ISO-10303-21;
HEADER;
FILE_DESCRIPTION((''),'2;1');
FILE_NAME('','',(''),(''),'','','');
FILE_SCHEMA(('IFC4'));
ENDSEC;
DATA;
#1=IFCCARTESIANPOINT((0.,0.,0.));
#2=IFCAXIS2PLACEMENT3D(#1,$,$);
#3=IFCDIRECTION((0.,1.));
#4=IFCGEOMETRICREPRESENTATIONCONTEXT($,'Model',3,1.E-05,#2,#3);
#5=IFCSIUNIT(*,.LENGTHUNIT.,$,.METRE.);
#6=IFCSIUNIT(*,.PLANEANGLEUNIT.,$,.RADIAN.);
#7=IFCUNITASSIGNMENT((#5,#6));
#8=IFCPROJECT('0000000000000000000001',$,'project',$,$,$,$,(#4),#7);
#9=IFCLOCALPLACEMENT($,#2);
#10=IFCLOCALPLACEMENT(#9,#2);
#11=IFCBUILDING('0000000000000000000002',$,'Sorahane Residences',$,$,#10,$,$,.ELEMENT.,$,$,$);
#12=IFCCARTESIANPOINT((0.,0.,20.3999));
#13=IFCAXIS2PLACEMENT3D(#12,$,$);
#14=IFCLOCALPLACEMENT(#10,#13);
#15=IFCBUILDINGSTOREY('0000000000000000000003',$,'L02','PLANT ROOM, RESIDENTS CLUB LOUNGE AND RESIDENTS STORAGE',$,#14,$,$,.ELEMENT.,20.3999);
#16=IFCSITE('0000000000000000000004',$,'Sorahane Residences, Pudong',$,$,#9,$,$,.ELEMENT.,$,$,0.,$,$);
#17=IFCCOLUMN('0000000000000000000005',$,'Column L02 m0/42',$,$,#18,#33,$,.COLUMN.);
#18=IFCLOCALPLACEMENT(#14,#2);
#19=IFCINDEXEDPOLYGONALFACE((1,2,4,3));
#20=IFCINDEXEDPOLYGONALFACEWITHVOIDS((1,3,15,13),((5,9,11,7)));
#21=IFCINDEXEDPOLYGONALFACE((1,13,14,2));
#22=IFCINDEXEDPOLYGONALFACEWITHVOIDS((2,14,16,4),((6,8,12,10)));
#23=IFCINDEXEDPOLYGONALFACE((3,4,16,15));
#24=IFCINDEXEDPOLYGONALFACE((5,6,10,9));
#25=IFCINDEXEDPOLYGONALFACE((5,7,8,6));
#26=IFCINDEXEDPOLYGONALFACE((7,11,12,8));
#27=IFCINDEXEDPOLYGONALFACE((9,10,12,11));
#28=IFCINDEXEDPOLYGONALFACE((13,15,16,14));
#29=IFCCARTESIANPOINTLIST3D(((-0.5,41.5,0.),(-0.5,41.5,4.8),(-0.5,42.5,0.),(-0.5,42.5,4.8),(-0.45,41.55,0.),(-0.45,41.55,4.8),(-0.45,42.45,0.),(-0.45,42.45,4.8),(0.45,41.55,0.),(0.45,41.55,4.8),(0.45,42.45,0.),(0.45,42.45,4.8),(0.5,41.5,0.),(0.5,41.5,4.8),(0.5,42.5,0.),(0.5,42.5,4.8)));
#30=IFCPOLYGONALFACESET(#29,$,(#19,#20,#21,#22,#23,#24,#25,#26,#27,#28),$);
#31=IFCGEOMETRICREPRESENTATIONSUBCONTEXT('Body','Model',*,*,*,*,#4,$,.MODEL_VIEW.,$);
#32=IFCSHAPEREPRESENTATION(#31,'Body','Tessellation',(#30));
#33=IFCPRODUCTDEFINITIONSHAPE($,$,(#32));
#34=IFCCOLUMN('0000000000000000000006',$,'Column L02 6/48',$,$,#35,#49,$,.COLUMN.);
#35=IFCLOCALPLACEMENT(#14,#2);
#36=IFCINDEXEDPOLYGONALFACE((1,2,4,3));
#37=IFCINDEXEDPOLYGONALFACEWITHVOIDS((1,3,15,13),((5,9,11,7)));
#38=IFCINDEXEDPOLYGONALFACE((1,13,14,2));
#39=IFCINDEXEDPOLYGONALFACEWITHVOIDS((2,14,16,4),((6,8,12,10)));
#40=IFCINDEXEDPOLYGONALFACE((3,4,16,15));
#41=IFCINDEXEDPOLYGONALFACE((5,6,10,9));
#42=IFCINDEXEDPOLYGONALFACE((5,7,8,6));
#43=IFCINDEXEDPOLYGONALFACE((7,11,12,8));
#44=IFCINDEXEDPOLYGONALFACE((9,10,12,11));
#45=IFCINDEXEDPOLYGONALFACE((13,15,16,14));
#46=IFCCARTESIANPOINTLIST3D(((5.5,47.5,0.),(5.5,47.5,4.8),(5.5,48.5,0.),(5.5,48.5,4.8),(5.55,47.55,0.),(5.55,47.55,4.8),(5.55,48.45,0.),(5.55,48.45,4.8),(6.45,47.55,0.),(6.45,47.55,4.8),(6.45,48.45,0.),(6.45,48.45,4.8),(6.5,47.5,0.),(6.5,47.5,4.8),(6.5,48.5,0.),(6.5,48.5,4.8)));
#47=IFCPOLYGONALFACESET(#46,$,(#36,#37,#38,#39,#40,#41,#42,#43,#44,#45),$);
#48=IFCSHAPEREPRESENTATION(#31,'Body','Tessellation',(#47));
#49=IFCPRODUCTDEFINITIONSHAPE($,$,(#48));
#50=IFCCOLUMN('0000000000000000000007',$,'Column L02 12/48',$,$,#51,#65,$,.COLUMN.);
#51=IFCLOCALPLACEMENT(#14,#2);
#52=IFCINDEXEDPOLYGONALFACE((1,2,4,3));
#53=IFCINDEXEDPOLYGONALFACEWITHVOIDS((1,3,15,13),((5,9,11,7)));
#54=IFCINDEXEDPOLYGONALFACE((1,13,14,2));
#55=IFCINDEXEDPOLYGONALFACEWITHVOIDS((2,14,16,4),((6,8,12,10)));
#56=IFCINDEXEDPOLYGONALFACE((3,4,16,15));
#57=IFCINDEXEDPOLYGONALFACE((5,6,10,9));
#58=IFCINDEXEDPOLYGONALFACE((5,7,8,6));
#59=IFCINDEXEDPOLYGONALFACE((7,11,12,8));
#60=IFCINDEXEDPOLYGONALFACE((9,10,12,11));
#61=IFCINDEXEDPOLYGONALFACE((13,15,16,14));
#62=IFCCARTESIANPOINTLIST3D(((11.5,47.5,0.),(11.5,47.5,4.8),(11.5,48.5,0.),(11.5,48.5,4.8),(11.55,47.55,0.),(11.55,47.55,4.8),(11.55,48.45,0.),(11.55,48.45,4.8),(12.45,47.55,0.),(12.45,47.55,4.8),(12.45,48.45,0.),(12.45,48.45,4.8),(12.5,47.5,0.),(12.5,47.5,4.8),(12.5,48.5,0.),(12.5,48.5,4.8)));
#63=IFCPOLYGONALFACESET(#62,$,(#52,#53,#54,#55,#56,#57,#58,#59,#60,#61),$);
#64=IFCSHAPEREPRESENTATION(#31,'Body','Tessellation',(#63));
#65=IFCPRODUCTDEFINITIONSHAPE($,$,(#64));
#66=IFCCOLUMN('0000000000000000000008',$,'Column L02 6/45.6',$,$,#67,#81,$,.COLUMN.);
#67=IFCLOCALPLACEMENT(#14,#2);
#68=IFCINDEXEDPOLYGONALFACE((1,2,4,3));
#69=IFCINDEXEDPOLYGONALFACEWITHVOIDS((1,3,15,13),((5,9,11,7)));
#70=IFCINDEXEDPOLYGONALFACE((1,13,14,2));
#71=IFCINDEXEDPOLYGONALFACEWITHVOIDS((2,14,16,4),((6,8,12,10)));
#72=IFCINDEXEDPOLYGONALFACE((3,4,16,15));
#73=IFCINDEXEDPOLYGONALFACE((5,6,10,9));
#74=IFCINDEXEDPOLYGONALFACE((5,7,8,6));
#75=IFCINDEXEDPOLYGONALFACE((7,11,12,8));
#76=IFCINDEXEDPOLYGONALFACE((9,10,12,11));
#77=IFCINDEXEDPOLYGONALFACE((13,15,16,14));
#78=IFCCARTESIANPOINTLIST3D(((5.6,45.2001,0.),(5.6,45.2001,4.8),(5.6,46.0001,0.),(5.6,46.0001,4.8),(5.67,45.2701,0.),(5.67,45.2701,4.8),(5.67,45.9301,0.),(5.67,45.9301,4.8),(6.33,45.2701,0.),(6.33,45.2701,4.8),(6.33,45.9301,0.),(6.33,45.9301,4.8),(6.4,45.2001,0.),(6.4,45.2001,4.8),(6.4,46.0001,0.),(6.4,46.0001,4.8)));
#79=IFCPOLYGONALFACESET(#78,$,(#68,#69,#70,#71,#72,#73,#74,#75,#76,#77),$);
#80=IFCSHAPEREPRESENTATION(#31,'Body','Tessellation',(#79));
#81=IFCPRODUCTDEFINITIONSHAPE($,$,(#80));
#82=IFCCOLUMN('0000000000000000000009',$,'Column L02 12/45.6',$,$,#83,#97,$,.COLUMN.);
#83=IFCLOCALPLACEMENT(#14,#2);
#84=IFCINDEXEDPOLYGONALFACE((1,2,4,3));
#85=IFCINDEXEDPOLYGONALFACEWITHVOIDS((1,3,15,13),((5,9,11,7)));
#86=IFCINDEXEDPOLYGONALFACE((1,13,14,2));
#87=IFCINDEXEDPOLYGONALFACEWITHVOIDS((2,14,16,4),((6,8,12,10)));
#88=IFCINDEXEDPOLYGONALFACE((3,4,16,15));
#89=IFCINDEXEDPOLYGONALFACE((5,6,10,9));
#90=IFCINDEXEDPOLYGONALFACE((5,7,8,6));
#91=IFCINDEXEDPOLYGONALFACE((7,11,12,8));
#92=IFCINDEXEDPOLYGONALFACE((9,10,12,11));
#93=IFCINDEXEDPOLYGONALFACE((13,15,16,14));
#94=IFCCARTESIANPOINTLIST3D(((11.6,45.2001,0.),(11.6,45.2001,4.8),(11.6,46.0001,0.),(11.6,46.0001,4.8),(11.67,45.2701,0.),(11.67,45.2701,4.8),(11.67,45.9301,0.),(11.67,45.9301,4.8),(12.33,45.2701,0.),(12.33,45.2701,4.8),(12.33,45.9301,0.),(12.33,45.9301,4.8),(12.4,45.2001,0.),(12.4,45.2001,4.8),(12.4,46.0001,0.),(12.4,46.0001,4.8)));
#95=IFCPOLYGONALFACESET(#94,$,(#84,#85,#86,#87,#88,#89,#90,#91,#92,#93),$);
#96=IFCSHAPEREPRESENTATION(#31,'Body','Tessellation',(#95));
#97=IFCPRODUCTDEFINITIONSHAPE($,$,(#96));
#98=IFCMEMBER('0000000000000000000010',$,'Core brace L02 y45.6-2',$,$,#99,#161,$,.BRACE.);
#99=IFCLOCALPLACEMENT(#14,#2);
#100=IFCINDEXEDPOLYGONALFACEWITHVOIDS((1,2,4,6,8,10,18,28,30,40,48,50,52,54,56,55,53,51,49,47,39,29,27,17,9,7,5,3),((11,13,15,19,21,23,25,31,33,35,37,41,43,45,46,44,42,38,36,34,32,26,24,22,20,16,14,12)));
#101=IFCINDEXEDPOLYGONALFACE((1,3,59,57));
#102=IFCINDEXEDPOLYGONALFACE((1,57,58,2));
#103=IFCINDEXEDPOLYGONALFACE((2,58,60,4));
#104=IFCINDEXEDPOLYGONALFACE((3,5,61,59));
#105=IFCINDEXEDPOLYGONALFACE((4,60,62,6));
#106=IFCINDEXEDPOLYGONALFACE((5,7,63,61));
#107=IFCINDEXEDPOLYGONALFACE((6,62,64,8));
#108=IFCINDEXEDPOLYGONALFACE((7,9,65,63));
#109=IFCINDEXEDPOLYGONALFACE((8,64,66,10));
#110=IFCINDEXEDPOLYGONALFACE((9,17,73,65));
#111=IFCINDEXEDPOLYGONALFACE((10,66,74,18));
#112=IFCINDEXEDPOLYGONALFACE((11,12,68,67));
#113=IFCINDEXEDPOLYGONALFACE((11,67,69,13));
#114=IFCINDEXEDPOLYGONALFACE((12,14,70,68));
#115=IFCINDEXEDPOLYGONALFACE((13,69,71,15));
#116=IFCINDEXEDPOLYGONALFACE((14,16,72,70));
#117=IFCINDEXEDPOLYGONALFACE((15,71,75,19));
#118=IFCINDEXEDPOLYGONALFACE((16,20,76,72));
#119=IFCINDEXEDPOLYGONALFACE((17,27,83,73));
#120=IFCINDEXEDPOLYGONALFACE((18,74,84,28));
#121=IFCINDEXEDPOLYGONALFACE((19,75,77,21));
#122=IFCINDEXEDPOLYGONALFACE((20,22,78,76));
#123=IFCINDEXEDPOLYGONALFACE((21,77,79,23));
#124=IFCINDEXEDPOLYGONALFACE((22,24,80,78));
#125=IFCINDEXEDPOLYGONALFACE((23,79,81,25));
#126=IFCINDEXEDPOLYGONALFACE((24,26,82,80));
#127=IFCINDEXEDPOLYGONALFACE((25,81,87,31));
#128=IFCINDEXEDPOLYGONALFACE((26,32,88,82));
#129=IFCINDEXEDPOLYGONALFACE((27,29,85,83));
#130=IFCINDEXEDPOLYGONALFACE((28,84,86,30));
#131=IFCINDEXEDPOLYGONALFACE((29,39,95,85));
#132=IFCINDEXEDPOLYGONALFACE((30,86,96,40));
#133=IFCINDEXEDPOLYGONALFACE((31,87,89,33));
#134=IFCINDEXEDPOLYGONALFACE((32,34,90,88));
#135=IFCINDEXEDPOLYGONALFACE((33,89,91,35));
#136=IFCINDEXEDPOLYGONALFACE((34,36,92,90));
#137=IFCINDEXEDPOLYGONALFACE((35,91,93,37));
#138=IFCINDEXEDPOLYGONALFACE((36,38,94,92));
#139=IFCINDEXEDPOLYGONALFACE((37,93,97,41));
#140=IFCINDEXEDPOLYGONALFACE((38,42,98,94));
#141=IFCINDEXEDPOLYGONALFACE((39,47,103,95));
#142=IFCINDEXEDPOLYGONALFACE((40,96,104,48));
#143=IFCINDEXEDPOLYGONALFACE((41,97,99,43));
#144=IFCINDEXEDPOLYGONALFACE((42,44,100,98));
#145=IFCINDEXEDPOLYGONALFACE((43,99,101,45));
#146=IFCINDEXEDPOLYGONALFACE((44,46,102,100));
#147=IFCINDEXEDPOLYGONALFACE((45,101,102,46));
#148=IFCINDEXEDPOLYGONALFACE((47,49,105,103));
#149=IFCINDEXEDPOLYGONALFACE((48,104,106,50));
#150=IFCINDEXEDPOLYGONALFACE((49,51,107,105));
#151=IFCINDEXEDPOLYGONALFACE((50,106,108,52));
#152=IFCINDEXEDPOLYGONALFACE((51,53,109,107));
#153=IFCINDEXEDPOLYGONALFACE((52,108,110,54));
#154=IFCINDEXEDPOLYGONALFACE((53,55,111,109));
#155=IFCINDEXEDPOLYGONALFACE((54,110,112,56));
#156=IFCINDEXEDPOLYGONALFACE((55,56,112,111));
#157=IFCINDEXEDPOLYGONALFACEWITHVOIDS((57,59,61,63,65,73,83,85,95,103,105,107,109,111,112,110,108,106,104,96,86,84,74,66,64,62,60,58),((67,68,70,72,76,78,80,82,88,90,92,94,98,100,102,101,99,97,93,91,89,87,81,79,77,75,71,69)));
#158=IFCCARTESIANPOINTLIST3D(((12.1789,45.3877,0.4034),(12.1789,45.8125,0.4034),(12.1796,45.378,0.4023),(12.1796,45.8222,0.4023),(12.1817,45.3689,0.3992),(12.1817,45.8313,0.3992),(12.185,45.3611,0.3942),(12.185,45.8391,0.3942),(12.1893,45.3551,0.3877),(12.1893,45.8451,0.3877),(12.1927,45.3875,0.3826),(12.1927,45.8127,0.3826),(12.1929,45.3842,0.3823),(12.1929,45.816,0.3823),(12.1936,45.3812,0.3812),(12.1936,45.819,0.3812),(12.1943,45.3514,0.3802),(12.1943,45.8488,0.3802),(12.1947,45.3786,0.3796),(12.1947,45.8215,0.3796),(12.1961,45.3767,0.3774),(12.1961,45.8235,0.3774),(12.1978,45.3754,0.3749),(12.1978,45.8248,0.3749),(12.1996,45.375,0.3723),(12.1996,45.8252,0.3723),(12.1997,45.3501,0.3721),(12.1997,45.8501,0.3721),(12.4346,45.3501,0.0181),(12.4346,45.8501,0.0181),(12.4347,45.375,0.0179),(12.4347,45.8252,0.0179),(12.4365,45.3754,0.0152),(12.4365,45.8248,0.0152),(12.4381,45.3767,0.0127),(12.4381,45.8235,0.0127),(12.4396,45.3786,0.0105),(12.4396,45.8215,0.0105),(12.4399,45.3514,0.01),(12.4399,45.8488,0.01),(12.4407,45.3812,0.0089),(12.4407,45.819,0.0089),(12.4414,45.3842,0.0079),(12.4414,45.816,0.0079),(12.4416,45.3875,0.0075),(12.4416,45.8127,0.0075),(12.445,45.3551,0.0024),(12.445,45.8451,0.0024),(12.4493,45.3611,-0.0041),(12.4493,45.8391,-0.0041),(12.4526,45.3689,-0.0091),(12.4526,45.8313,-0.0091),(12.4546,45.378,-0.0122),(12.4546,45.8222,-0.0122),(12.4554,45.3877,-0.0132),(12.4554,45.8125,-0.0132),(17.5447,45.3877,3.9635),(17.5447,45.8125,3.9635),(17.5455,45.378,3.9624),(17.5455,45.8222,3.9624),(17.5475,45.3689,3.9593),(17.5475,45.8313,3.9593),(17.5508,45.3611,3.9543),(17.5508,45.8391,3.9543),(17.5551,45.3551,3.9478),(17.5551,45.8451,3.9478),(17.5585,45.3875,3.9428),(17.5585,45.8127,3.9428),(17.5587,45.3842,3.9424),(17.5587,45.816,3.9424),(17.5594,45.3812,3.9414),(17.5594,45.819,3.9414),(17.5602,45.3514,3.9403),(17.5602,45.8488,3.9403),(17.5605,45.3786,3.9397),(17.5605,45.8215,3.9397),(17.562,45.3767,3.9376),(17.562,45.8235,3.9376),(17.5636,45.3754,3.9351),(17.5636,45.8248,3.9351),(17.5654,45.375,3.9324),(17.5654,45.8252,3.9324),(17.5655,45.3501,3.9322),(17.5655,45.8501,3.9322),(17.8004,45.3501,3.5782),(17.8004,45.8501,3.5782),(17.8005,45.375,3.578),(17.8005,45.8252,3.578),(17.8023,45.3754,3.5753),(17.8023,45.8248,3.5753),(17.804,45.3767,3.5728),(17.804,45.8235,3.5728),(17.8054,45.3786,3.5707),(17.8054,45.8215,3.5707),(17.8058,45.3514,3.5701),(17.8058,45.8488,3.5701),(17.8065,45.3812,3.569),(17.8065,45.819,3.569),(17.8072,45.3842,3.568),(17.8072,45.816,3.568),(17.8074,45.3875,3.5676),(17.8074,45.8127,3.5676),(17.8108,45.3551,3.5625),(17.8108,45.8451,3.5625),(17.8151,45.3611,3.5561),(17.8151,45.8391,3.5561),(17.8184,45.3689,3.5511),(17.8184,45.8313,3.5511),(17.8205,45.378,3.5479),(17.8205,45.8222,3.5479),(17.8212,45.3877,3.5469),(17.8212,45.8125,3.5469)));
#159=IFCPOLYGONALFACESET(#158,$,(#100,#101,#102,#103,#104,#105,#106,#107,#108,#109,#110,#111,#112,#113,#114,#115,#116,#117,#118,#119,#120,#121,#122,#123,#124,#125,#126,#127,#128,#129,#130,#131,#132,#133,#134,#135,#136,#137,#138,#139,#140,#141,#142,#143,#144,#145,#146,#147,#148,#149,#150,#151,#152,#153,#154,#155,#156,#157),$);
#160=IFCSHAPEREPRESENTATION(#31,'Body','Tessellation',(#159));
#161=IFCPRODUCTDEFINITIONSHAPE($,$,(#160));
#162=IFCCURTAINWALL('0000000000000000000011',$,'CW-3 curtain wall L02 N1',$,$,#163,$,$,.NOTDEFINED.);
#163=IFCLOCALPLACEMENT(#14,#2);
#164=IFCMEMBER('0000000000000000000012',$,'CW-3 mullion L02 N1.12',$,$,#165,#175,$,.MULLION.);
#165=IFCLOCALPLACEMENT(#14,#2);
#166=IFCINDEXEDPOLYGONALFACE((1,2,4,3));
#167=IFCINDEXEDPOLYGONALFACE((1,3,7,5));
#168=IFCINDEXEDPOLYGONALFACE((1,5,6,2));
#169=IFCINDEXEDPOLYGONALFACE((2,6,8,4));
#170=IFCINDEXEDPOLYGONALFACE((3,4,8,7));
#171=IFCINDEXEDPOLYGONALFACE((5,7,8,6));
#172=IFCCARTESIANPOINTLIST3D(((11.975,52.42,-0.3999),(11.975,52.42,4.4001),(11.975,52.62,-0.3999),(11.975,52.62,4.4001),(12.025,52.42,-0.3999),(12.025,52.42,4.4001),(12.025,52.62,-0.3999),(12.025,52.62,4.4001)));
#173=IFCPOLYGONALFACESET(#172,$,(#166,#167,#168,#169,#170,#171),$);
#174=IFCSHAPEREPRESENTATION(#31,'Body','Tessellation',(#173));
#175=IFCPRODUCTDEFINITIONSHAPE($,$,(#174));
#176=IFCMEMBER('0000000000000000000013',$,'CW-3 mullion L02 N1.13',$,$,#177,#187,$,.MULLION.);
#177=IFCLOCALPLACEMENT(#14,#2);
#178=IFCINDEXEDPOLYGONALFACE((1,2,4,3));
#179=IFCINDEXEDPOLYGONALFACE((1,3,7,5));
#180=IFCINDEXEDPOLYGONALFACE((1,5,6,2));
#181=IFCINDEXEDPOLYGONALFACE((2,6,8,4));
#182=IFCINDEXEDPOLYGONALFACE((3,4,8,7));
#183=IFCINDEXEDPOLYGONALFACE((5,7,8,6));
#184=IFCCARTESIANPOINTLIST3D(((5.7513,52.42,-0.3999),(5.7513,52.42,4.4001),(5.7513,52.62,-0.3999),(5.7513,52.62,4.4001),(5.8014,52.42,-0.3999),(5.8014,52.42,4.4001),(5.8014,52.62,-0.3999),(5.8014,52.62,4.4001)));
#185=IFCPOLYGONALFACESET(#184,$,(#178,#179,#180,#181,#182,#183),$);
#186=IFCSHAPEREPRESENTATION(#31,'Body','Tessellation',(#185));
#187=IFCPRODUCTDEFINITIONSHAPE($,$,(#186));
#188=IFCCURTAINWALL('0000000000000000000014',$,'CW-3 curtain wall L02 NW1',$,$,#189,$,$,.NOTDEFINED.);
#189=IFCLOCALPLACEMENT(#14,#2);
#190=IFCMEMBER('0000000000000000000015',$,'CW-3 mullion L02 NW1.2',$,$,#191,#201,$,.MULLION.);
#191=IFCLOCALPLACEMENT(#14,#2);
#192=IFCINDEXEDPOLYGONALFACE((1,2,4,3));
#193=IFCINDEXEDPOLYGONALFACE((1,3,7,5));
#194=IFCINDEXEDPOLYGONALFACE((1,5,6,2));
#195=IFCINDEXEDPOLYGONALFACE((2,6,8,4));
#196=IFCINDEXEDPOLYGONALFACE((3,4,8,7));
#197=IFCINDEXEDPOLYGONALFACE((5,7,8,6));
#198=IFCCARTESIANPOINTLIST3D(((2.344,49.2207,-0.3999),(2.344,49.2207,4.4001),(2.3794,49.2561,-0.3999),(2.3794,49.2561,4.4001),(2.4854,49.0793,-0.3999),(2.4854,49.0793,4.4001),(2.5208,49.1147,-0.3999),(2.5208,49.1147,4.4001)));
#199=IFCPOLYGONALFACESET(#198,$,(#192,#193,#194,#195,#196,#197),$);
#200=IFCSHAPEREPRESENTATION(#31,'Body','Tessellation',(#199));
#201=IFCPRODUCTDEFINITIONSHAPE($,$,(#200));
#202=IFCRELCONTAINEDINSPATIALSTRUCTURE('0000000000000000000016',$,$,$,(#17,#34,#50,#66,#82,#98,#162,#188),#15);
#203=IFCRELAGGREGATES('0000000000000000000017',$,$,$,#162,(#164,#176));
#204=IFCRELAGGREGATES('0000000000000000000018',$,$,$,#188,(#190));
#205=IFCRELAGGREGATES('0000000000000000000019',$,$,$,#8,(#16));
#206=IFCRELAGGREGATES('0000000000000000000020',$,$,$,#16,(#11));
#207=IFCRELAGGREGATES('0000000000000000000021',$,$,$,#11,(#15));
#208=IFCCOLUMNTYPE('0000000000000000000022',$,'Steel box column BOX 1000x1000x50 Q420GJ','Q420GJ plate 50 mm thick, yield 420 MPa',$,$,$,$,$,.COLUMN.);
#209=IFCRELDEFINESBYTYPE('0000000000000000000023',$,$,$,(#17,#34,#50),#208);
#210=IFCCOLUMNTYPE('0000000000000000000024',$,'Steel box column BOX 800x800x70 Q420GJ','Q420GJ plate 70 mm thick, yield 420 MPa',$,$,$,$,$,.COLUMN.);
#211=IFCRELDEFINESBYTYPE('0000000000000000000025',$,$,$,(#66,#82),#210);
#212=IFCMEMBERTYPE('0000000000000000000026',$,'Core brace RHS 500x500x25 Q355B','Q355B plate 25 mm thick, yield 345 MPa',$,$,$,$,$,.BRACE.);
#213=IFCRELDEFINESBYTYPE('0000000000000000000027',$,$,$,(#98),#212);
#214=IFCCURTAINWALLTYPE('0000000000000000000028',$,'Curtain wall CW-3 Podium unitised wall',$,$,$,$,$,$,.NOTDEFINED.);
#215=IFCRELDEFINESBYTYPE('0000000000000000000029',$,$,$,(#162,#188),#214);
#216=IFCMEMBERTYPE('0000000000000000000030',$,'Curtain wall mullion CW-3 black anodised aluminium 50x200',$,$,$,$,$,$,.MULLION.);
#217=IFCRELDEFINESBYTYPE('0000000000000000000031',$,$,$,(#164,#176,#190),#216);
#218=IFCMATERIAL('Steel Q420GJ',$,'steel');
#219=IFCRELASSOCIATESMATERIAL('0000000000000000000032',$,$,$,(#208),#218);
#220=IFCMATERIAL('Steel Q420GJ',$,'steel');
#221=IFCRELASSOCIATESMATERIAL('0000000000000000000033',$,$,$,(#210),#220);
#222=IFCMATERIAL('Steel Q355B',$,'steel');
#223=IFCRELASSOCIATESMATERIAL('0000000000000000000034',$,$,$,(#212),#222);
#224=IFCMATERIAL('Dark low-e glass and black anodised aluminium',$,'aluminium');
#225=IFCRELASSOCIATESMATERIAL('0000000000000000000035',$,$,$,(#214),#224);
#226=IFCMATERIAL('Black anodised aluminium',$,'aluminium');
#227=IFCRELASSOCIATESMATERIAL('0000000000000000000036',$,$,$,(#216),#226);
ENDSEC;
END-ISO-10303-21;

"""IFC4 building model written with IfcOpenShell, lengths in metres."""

from ifc_helpers import new_model, si_unit, direction, frame, origin, origin_2d, place, context, subcontext, project, spatial, rectangle, hollow_rectangle, extrude, material, material_profile, profile_set, type_object, element, aggregate, save


model = new_model("IFC4")

# Units and contexts
model_context = context("Model", 3, precision=1e-05, world=origin(), true_north=direction((0.0, 1.0)))
body_context = subcontext(model_context, "Body", "Model", "MODEL_VIEW")
ifc_project = project(units=[si_unit("LENGTHUNIT", "METRE"), si_unit("PLANEANGLEUNIT", "RADIAN")], contexts=[model_context])

# Site, building, storey
site_placement = place(None, origin())
site = spatial("IfcSite", under=ifc_project, at=site_placement, Name="Sorahane Residences, Pudong", CompositionType="ELEMENT", RefElevation=0.0)
building_placement = place(site_placement, origin())
building = spatial("IfcBuilding", under=site, at=building_placement, Name="Sorahane Residences", CompositionType="ELEMENT")
storey_placement = place(building_placement, frame((0.0, 0.0, 20.3999)))
storey = spatial("IfcBuildingStorey", under=building, at=storey_placement, Name="L02", Description="PLANT ROOM, RESIDENTS CLUB LOUNGE AND RESIDENTS STORAGE", CompositionType="ELEMENT", Elevation=20.3999)

# Columns
ifc_material_1 = material(Name="Steel Q420GJ", Category="steel")
ifc_material_profile_1 = material_profile(ifc_material_1, hollow_rectangle(XDim=1.0, YDim=1.0, WallThickness=0.05, at=origin_2d()), Name="BOX 1000x1000x50")
ifc_profile_set_1 = profile_set([ifc_material_profile_1], Name="Steel Q420GJ")
column_type_1 = type_object("IfcColumnType", Name="Steel box column BOX 1000x1000x50 Q420GJ", Description="Q420GJ plate 50 mm thick, yield 420 MPa", PredefinedType="COLUMN", material=ifc_profile_set_1)
for number, where, z_axis, x_axis, name in (
    (1, (0.0, 42.0, 0.0), (0.0, 0.0, 1.0), (1.0, 0.0, 0.0), "Column L02 m0/42"),
    (2, (6.0, 48.0, 0.0), (0.0, 0.0, 1.0), (1.0, 0.0, 0.0), "Column L02 6/48"),
    (3, (12.0, 48.0, 0.0), (0.0, 0.0, 1.0), (1.0, 0.0, 0.0), "Column L02 12/48"),
):
    element("IfcColumn", number, at=place(storey_placement, frame(where, z_axis=z_axis, x_axis=x_axis)), inside=storey, type_object=column_type_1, Name=name, PredefinedType="COLUMN", context=body_context, shape_type="SweptSolid", body=[
        extrude(hollow_rectangle(XDim=1.0, YDim=1.0, WallThickness=0.05, at=origin_2d()), origin(), (0.0, 0.0, 1.0), 4.8),
    ])
ifc_material_2 = material(Name="Steel Q420GJ", Category="steel")
ifc_material_profile_2 = material_profile(ifc_material_2, hollow_rectangle(XDim=0.8, YDim=0.8, WallThickness=0.0701, at=origin_2d()), Name="BOX 800x800x70")
ifc_profile_set_2 = profile_set([ifc_material_profile_2], Name="Steel Q420GJ")
column_type_2 = type_object("IfcColumnType", Name="Steel box column BOX 800x800x70 Q420GJ", Description="Q420GJ plate 70 mm thick, yield 420 MPa", PredefinedType="COLUMN", material=ifc_profile_set_2)
for number, where, z_axis, x_axis, name in (
    (4, (6.0, 45.6001, 0.0), (0.0, 0.0, 1.0), (1.0, 0.0, 0.0), "Column L02 6/45.6"),
    (5, (12.0, 45.6001, 0.0), (0.0, 0.0, 1.0), (1.0, 0.0, 0.0), "Column L02 12/45.6"),
):
    element("IfcColumn", number, at=place(storey_placement, frame(where, z_axis=z_axis, x_axis=x_axis)), inside=storey, type_object=column_type_2, Name=name, PredefinedType="COLUMN", context=body_context, shape_type="SweptSolid", body=[
        extrude(hollow_rectangle(XDim=0.8, YDim=0.8, WallThickness=0.0701, at=origin_2d()), origin(), (0.0, 0.0, 1.0), 4.8),
    ])

# Member
ifc_material_3 = material(Name="Steel Q355B", Category="steel")
ifc_material_profile_3 = material_profile(ifc_material_3, hollow_rectangle(XDim=0.5, YDim=0.5, WallThickness=0.0249, InnerFilletRadius=0.0125, OuterFilletRadius=0.0376, at=origin_2d()), Name="RHS 500x500x25")
ifc_profile_set_3 = profile_set([ifc_material_profile_3], Name="Steel Q355B")
member_type_1 = type_object("IfcMemberType", Name="Core brace RHS 500x500x25 Q355B", Description="Q355B plate 25 mm thick, yield 345 MPa", PredefinedType="BRACE", material=ifc_profile_set_3)
member_1_placement = place(storey_placement, frame((12.3171, 45.6001, 0.1951), z_axis=(0.833273, 0.0, 0.552861), x_axis=(0.0, 1.0, 0.0)))
element("IfcMember", 6, at=member_1_placement, inside=storey, type_object=member_type_1, Name="Core brace L02 y45.6-2", PredefinedType="BRACE", context=body_context, shape_type="SweptSolid", body=[
    extrude(hollow_rectangle(XDim=0.5, YDim=0.5, WallThickness=0.0249, InnerFilletRadius=0.0125, OuterFilletRadius=0.0376, at=origin_2d()), origin(), (0.0, 0.0, 1.0), 6.4395),
])

# Curtain walls, members
ifc_material_4 = material(Name="Dark low-e glass and black anodised aluminium", Category="aluminium")
curtain_wall_type = type_object("IfcCurtainWallType", Name="Curtain wall CW-3 Podium unitised wall", PredefinedType="NOTDEFINED", material=ifc_material_4)
curtain_wall_1_placement = place(storey_placement, origin())
curtain_wall_1 = element("IfcCurtainWall", 7, at=curtain_wall_1_placement, inside=storey, type_object=curtain_wall_type, Name="CW-3 curtain wall L02 N1", PredefinedType="NOTDEFINED")
ifc_material_5 = material(Name="Black anodised aluminium", Category="aluminium")
ifc_material_profile_4 = material_profile(ifc_material_5, rectangle(XDim=0.2, YDim=0.05, at=origin_2d()), Name="Curtain wall mullion CW-3 black anodised aluminium 50x200")
ifc_profile_set_4 = profile_set([ifc_material_profile_4], Name="Black anodised aluminium")
member_type_2 = type_object("IfcMemberType", Name="Curtain wall mullion CW-3 black anodised aluminium 50x200", PredefinedType="MULLION", material=ifc_profile_set_4)
member_2_placement = place(storey_placement, frame((12.0, 52.52, -0.3999), z_axis=(0.0, 0.0, 1.0), x_axis=(0.0, 1.0, 0.0)))
member_2 = element("IfcMember", 8, at=member_2_placement, type_object=member_type_2, Name="CW-3 mullion L02 N1.12", PredefinedType="MULLION", context=body_context, shape_type="SweptSolid", body=[
    extrude(rectangle(XDim=0.2, YDim=0.05, at=origin_2d()), origin(), (0.0, 0.0, 1.0), 4.8),
])
member_3_placement = place(storey_placement, frame((5.7764, 52.52, -0.3999), z_axis=(0.0, 0.0, 1.0), x_axis=(0.0, 1.0, 0.0)))
member_3 = element("IfcMember", 9, at=member_3_placement, type_object=member_type_2, Name="CW-3 mullion L02 N1.13", PredefinedType="MULLION", context=body_context, shape_type="SweptSolid", body=[
    extrude(rectangle(XDim=0.2, YDim=0.05, at=origin_2d()), origin(), (0.0, 0.0, 1.0), 4.8),
])
curtain_wall_2_placement = place(storey_placement, origin())
curtain_wall_2 = element("IfcCurtainWall", 10, at=curtain_wall_2_placement, inside=storey, type_object=curtain_wall_type, Name="CW-3 curtain wall L02 NW1", PredefinedType="NOTDEFINED")
member_4_placement = place(storey_placement, frame((2.4324, 49.1677, -0.3999), z_axis=(0.0, 0.0, 1.0), x_axis=(-0.707107, 0.707107, 0.0)))
member_4 = element("IfcMember", 11, at=member_4_placement, type_object=member_type_2, Name="CW-3 mullion L02 NW1.2", PredefinedType="MULLION", context=body_context, shape_type="SweptSolid", body=[
    extrude(rectangle(XDim=0.2, YDim=0.05, at=origin_2d()), origin(), (0.0, 0.0, 1.0), 4.8),
])

aggregate(curtain_wall_1, [member_2, member_3])
aggregate(curtain_wall_2, [member_4])

save(model, "model.ifc")
